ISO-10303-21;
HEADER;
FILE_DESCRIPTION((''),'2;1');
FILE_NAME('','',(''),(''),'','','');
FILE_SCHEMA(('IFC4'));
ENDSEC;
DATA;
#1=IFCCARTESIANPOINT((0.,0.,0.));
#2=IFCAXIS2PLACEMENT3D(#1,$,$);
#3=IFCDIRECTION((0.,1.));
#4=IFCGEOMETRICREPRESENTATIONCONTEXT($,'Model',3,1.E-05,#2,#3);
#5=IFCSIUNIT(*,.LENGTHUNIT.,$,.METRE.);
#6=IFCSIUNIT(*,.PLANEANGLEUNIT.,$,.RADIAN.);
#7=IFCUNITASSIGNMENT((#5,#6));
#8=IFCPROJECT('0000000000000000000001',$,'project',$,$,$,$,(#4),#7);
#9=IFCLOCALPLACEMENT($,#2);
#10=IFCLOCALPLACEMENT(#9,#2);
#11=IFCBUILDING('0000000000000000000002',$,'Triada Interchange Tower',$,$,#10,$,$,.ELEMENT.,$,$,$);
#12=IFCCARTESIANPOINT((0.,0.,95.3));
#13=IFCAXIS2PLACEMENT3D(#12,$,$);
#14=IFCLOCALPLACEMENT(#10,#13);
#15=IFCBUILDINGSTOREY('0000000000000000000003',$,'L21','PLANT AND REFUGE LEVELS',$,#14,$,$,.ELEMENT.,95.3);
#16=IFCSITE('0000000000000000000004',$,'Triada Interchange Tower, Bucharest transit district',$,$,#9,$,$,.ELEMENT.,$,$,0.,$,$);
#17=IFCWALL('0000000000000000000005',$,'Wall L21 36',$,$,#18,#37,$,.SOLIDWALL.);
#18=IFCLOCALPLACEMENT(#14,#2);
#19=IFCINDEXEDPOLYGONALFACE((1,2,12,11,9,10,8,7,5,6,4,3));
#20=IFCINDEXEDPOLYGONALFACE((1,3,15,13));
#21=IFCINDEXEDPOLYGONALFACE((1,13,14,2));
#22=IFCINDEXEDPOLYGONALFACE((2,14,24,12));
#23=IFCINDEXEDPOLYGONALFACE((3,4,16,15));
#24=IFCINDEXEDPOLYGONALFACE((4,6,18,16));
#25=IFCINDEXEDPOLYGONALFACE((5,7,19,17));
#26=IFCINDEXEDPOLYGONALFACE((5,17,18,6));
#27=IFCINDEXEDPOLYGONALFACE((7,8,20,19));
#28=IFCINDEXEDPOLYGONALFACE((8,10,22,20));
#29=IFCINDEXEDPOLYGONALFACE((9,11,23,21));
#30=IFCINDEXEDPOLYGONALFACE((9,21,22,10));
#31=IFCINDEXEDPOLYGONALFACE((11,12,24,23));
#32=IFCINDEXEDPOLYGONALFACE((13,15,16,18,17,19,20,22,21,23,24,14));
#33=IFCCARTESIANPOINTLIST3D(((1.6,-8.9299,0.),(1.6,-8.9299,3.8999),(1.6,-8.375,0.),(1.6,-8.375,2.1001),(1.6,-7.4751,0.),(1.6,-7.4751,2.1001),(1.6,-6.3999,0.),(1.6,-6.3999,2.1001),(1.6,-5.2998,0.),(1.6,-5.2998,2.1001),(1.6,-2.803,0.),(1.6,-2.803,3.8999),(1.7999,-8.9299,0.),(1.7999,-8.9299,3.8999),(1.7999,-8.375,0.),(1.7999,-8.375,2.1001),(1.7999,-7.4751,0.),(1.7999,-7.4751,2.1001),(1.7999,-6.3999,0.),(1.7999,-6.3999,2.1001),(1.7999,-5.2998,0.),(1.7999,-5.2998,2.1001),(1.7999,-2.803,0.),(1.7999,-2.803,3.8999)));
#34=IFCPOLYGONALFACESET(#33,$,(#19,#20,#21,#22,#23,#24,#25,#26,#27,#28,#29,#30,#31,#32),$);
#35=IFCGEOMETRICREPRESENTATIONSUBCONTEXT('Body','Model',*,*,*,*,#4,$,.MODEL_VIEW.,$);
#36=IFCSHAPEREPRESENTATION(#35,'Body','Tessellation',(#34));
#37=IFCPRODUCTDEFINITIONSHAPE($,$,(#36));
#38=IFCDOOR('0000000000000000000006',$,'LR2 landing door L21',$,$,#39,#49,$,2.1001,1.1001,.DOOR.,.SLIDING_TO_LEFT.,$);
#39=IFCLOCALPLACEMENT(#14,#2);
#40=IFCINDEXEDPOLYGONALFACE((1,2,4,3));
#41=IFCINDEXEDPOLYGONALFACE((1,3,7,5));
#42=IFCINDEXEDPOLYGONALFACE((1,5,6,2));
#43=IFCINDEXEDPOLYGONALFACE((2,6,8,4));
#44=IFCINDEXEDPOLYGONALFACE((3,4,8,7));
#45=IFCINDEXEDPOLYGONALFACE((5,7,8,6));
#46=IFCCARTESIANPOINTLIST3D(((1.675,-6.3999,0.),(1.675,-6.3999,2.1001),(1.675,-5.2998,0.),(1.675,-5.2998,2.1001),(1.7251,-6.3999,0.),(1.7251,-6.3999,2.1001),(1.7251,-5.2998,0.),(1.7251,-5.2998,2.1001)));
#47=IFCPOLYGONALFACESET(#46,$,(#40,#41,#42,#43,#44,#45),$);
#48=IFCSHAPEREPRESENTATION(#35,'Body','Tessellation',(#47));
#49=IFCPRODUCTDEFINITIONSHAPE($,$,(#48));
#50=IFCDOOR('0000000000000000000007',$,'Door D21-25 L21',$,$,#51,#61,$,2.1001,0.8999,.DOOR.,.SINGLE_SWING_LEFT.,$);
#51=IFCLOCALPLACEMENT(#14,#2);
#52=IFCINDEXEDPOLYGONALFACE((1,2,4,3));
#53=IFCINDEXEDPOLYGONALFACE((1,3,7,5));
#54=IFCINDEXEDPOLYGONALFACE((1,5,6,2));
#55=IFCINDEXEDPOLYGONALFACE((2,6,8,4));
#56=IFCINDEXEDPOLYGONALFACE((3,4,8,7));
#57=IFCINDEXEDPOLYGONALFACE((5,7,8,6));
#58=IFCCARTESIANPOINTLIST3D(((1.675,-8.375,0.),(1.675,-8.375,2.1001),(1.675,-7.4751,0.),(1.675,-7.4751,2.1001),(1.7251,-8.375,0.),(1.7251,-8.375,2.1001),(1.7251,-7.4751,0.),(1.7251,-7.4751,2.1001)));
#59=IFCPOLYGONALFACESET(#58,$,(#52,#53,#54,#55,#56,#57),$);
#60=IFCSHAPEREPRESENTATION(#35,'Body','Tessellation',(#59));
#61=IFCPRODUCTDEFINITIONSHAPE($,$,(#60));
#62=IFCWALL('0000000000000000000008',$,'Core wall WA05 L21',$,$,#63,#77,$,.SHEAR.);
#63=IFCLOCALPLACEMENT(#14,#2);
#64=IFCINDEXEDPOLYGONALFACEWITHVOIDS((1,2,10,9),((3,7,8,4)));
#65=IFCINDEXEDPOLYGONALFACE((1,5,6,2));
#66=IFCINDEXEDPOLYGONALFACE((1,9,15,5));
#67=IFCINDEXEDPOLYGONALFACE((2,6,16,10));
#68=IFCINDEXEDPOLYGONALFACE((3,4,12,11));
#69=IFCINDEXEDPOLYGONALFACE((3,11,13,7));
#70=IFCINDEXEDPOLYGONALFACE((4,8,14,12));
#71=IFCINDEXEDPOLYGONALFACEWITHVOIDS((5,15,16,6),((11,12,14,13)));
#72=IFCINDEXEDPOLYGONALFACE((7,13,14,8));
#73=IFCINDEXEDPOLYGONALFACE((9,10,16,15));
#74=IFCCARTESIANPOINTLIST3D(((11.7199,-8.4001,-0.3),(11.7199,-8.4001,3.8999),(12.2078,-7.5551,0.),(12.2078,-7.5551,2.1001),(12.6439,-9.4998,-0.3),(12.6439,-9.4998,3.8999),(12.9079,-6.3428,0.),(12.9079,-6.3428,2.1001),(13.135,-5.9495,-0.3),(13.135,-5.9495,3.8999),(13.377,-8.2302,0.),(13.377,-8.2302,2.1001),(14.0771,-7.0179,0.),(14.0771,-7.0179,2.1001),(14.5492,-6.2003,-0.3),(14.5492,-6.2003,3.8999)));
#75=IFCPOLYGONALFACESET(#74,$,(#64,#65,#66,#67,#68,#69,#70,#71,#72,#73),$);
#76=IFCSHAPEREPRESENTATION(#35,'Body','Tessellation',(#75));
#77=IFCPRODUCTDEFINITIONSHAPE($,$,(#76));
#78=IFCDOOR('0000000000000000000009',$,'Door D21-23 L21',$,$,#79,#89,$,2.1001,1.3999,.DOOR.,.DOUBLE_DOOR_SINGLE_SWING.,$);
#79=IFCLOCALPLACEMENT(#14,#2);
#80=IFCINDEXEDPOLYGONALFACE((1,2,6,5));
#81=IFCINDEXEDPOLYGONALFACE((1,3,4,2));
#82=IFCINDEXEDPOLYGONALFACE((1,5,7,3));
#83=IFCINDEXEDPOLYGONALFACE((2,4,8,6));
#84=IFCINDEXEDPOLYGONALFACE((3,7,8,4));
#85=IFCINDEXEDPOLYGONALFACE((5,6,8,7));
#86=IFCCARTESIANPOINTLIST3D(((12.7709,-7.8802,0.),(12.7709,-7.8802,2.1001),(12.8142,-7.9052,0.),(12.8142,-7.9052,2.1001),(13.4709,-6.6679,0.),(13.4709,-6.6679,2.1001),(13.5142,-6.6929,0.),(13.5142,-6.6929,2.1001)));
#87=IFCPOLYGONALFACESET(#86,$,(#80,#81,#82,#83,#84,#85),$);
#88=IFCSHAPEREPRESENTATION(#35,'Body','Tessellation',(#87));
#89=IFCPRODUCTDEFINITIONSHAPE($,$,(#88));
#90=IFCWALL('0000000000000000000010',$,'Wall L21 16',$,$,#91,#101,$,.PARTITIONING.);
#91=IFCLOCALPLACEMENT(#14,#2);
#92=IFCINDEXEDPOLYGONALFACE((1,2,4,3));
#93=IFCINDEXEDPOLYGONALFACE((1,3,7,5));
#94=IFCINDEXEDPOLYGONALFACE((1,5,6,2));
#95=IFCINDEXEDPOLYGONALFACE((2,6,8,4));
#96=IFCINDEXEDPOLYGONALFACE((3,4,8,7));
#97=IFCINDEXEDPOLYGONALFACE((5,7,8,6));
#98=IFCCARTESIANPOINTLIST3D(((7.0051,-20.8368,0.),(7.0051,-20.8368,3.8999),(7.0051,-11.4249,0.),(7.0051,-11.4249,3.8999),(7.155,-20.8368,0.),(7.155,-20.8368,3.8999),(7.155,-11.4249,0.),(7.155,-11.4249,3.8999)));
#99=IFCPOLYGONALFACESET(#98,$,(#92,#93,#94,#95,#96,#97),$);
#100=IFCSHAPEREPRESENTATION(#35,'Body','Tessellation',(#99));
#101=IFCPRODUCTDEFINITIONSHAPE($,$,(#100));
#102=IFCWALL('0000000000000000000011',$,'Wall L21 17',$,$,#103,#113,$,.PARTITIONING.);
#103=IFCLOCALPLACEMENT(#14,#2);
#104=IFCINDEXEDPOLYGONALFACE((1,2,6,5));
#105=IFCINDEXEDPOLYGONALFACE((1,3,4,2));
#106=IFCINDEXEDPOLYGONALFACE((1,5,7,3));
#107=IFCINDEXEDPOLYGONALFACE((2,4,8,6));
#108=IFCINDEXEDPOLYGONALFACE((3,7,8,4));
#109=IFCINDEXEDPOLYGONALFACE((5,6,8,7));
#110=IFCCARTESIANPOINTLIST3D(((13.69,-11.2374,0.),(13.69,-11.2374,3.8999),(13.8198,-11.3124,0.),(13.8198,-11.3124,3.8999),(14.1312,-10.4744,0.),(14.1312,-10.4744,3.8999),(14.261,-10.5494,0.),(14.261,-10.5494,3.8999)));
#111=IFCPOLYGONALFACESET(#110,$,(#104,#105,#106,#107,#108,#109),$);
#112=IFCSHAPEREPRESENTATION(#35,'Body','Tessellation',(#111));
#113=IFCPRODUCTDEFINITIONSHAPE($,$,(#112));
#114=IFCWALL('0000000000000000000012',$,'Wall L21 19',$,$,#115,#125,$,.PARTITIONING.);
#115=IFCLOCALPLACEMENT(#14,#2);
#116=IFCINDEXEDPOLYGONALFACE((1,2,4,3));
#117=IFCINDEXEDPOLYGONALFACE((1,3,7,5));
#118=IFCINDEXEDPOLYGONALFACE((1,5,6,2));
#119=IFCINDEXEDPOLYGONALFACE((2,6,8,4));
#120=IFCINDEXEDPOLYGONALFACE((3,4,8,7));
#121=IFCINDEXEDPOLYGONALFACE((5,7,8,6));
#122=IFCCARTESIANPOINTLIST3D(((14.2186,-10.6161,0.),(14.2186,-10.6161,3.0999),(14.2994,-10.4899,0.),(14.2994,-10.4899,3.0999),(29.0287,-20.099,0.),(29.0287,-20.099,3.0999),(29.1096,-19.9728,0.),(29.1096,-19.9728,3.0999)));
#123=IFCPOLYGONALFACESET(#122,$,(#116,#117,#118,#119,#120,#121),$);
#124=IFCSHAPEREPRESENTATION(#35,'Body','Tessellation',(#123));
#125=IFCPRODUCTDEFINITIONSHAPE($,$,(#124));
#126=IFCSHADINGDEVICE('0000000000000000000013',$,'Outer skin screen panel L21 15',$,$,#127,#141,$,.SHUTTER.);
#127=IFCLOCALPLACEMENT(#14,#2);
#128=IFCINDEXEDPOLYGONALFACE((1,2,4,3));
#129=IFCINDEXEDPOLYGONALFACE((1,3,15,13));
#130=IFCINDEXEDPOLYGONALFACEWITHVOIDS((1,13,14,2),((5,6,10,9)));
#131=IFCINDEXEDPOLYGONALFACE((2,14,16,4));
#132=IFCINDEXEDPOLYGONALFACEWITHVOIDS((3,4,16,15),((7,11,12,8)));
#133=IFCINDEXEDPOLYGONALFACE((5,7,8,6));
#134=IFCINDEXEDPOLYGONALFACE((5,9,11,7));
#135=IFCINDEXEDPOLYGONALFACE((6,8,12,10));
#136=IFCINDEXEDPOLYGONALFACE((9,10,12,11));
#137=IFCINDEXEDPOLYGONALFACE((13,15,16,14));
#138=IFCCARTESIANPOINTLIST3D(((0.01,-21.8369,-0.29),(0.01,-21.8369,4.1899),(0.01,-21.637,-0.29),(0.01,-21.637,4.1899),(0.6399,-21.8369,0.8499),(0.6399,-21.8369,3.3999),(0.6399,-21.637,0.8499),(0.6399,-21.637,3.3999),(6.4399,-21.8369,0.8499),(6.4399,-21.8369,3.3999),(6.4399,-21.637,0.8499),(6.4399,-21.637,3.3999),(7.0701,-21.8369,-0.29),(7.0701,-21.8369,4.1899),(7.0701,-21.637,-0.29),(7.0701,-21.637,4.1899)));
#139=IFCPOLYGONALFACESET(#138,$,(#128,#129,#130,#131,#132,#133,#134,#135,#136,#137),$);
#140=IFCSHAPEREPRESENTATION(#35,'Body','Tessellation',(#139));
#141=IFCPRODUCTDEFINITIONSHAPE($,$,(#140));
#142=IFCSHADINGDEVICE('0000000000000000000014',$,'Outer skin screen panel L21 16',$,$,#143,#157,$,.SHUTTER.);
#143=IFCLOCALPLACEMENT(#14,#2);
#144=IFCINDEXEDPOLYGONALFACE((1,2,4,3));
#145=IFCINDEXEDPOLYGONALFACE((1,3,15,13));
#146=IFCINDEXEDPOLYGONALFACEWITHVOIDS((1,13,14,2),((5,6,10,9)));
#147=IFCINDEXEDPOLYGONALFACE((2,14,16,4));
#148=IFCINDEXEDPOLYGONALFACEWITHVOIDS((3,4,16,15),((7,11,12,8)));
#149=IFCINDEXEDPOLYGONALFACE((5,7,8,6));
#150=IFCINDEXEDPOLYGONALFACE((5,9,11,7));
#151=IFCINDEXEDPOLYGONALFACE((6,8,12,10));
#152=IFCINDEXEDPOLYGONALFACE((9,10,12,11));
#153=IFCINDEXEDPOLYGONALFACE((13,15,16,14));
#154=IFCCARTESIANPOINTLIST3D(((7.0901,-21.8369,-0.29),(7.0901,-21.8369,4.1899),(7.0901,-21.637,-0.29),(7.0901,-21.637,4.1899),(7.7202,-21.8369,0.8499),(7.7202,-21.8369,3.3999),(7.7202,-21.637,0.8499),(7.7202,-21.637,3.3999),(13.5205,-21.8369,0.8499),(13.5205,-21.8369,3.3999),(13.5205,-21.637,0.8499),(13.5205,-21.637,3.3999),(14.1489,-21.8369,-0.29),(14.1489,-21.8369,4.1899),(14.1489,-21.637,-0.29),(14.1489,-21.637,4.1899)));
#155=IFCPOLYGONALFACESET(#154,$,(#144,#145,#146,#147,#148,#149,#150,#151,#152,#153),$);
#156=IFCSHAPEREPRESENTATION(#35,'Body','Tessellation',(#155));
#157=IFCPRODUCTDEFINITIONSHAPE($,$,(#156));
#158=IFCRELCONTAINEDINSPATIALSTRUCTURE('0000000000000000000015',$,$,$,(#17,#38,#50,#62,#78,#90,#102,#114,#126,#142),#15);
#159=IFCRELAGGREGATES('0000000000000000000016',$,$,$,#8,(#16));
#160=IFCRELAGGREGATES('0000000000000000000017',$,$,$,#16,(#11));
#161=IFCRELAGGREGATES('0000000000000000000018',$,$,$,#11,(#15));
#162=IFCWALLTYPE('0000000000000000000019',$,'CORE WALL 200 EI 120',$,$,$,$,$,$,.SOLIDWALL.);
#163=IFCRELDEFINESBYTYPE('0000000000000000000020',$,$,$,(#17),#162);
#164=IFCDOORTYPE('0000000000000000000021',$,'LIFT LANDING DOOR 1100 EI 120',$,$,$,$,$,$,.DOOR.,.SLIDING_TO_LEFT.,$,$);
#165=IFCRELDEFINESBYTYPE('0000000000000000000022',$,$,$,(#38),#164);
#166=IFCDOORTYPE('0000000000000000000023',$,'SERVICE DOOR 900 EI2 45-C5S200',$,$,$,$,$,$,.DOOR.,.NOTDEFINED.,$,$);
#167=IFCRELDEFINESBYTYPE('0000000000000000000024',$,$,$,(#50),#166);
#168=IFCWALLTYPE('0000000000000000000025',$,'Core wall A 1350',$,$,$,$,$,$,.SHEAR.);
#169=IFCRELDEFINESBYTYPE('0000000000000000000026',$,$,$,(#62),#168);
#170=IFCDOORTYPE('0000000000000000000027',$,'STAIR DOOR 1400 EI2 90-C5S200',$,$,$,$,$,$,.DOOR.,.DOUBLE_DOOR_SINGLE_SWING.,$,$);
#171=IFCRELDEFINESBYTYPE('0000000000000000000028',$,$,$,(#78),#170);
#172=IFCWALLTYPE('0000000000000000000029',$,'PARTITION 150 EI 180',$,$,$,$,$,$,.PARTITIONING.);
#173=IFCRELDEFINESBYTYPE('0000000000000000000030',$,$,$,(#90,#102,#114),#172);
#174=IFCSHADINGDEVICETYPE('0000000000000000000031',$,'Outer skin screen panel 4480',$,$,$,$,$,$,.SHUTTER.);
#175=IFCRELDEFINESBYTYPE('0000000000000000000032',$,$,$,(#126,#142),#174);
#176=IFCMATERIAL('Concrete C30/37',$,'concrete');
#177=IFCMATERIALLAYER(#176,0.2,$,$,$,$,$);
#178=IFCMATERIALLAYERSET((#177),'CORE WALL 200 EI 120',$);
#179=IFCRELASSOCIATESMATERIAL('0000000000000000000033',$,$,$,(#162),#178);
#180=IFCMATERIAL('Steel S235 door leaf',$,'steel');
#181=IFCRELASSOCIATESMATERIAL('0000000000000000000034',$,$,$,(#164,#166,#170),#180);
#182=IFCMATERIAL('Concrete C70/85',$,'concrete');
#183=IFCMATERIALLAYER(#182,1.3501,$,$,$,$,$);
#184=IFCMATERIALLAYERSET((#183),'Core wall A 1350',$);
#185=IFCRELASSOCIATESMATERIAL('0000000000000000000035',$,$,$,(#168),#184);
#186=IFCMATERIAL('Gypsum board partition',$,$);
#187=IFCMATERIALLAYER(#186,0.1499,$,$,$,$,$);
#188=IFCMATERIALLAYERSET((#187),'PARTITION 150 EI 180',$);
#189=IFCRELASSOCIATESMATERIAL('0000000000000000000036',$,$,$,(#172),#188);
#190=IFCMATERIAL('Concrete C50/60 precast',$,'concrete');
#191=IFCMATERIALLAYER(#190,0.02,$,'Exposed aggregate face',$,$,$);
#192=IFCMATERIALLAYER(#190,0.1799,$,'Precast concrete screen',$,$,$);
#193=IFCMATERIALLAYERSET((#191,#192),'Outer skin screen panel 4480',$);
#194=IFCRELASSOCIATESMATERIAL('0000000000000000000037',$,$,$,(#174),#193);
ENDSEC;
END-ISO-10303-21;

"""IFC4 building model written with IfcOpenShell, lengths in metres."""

from ifc_helpers import new_model, si_unit, direction, frame, frame_2d, origin, place, context, subcontext, project, spatial, polyline, rectangle, outline, extrude, material, layer, layer_set, type_object, element, fill, save


model = new_model("IFC4")

# Units and contexts
model_context = context("Model", 3, precision=1e-05, world=origin(), true_north=direction((0.0, 1.0)))
body_context = subcontext(model_context, "Body", "Model", "MODEL_VIEW")
ifc_project = project(units=[si_unit("LENGTHUNIT", "METRE"), si_unit("PLANEANGLEUNIT", "RADIAN")], contexts=[model_context])

# Site, building, storey
site_placement = place(None, origin())
site = spatial("IfcSite", under=ifc_project, at=site_placement, Name="Triada Interchange Tower, Bucharest transit district", CompositionType="ELEMENT", RefElevation=0.0)
building_placement = place(site_placement, origin())
building = spatial("IfcBuilding", under=site, at=building_placement, Name="Triada Interchange Tower", CompositionType="ELEMENT")
storey_placement = place(building_placement, frame((0.0, 0.0, 95.3)))
storey = spatial("IfcBuildingStorey", under=building, at=storey_placement, Name="L21", Description="PLANT AND REFUGE LEVELS", CompositionType="ELEMENT", Elevation=95.3)

# Shared definitions
ifc_material_1 = material(Name="Concrete C70/85", Category="concrete")

# Wall, openings, doors
ifc_material_2 = material(Name="Concrete C30/37", Category="concrete")
ifc_layer_1 = layer(ifc_material_2, 0.2)
ifc_layer_set_1 = layer_set([ifc_layer_1], Name="CORE WALL 200 EI 120")
wall_type_1 = type_object("IfcWallType", Name="CORE WALL 200 EI 120", PredefinedType="SOLIDWALL", material=ifc_layer_set_1)
wall_1_placement = place(storey_placement, frame((1.7, -8.9299, 0.0), z_axis=(0.0, 0.0, 1.0), x_axis=(0.0, 1.0, 0.0)))
wall_1 = element("IfcWall", 1, at=wall_1_placement, inside=storey, type_object=wall_type_1, Name="Wall L21 36", PredefinedType="SOLIDWALL", context=body_context, shape_type="SweptSolid", body=[
    extrude(rectangle(XDim=6.127, YDim=0.2, at=frame_2d((3.0635, 0.0))), origin(), (0.0, 0.0, 1.0), 3.8999),
])
opening_1_placement = place(wall_1_placement, frame((2.53, 0.0, 0.0)))
opening_1 = element("IfcOpeningElement", 2, at=opening_1_placement, cuts=wall_1, PredefinedType="OPENING", context=body_context, shape_type="SweptSolid", body=[
    extrude(rectangle(XDim=1.1001, YDim=2.1001, at=frame_2d((0.55, 1.05))), frame((0.0, 0.1099, 0.0), z_axis=(0.0, -1.0, 0.0), x_axis=(1.0, 0.0, 0.0)), (0.0, 0.0, 1.0), 0.22),
])
opening_2_placement = place(wall_1_placement, frame((0.5549, 0.0, 0.0)))
opening_2 = element("IfcOpeningElement", 3, at=opening_2_placement, cuts=wall_1, PredefinedType="OPENING", context=body_context, shape_type="SweptSolid", body=[
    extrude(rectangle(XDim=0.8999, YDim=2.1001, at=frame_2d((0.45, 1.05))), frame((0.0, 0.1099, 0.0), z_axis=(0.0, -1.0, 0.0), x_axis=(1.0, 0.0, 0.0)), (0.0, 0.0, 1.0), 0.22),
])
ifc_material_3 = material(Name="Steel S235 door leaf", Category="steel")
door_type_1 = type_object("IfcDoorType", Name="LIFT LANDING DOOR 1100 EI 120", OperationType="SLIDING_TO_LEFT", PredefinedType="DOOR", material=ifc_material_3)
door_1_placement = place(opening_1_placement, origin())
door_1 = element("IfcDoor", 4, at=door_1_placement, inside=storey, type_object=door_type_1, Name="LR2 landing door L21", OperationType="SLIDING_TO_LEFT", OverallHeight=2.1001, OverallWidth=1.1001, PredefinedType="DOOR", context=body_context, shape_type="SweptSolid", body=[
    extrude(rectangle(XDim=1.1001, YDim=2.1001, at=frame_2d((0.55, 1.05))), frame((0.0, 0.0249, 0.0), z_axis=(0.0, -1.0, 0.0), x_axis=(1.0, 0.0, 0.0)), (0.0, 0.0, 1.0), 0.05),
])
fill(opening_1, door_1)
door_type_2 = type_object("IfcDoorType", Name="SERVICE DOOR 900 EI2 45-C5S200", OperationType="NOTDEFINED", PredefinedType="DOOR", material=ifc_material_3)
door_2_placement = place(opening_2_placement, origin())
door_2 = element("IfcDoor", 5, at=door_2_placement, inside=storey, type_object=door_type_2, Name="Door D21-25 L21", OperationType="SINGLE_SWING_LEFT", OverallHeight=2.1001, OverallWidth=0.8999, PredefinedType="DOOR", context=body_context, shape_type="SweptSolid", body=[
    extrude(rectangle(XDim=0.8999, YDim=2.1001, at=frame_2d((0.45, 1.05))), frame((0.0, 0.0249, 0.0), z_axis=(0.0, -1.0, 0.0), x_axis=(1.0, 0.0, 0.0)), (0.0, 0.0, 1.0), 0.05),
])
fill(opening_2, door_2)

# Wall, opening, door
ifc_layer_2 = layer(ifc_material_1, 1.3501)
ifc_layer_set_2 = layer_set([ifc_layer_2], Name="Core wall A 1350")
wall_type_2 = type_object("IfcWallType", Name="Core wall A 1350", PredefinedType="SHEAR", material=ifc_layer_set_2)
wall_2_placement = place(storey_placement, frame((12.1819, -8.95, -0.3), z_axis=(0.0, 0.0, 1.0), x_axis=(0.500062, 0.86599, 0.0)))
wall_2 = element("IfcWall", 6, at=wall_2_placement, inside=storey, type_object=wall_type_2, Name="Core wall WA05 L21", PredefinedType="SHEAR", context=body_context, shape_type="SweptSolid", body=[
    extrude(outline(polyline([(-0.2451, -0.675), (1.6599, -0.675), (3.5649, -0.675), (3.075, 0.675), (1.6602, 0.675), (0.2451, 0.675), (-0.2451, -0.675)])), origin(), (0.0, 0.0, 1.0), 4.2),
])
opening_3_placement = place(wall_2_placement, frame((1.2209, 0.0, 0.3)))
opening_3 = element("IfcOpeningElement", 7, at=opening_3_placement, cuts=wall_2, PredefinedType="OPENING", context=body_context, shape_type="SweptSolid", body=[
    extrude(rectangle(XDim=1.3999, YDim=2.1001, at=frame_2d((0.7, 1.05))), frame((0.0, 0.6851, 0.0), z_axis=(0.0, -1.0, 0.0), x_axis=(1.0, 0.0, 0.0)), (0.0, 0.0, 1.0), 1.3701),
])
door_type_3 = type_object("IfcDoorType", Name="STAIR DOOR 1400 EI2 90-C5S200", OperationType="DOUBLE_DOOR_SINGLE_SWING", PredefinedType="DOOR", material=ifc_material_3)
door_3_placement = place(opening_3_placement, origin())
door_3 = element("IfcDoor", 8, at=door_3_placement, inside=storey, type_object=door_type_3, Name="Door D21-23 L21", OperationType="DOUBLE_DOOR_SINGLE_SWING", OverallHeight=2.1001, OverallWidth=1.3999, PredefinedType="DOOR", context=body_context, shape_type="SweptSolid", body=[
    extrude(rectangle(XDim=1.3999, YDim=2.1001, at=frame_2d((0.7, 1.05))), frame((0.0, 0.0249, 0.0), z_axis=(0.0, -1.0, 0.0), x_axis=(1.0, 0.0, 0.0)), (0.0, 0.0, 1.0), 0.05),
])
fill(opening_3, door_3)

# Walls
ifc_material_4 = material(Name="Gypsum board partition")
ifc_layer_3 = layer(ifc_material_4, 0.1499)
ifc_layer_set_3 = layer_set([ifc_layer_3], Name="PARTITION 150 EI 180")
wall_type_3 = type_object("IfcWallType", Name="PARTITION 150 EI 180", PredefinedType="PARTITIONING", material=ifc_layer_set_3)
wall_3_placement = place(storey_placement, frame((7.0801, -20.8369, 0.0), z_axis=(0.0, 0.0, 1.0), x_axis=(0.0, 1.0, 0.0)))
element("IfcWall", 9, at=wall_3_placement, inside=storey, type_object=wall_type_3, Name="Wall L21 16", PredefinedType="PARTITIONING", context=body_context, shape_type="SweptSolid", body=[
    extrude(rectangle(XDim=9.4119, YDim=0.1499, at=frame_2d((4.7061, 0.0))), origin(), (0.0, 0.0, 1.0), 3.8999),
])
wall_4_placement = place(storey_placement, frame((13.7549, -11.2749, 0.0), z_axis=(0.0, 0.0, 1.0), x_axis=(0.500578, 0.865692, 0.0)))
element("IfcWall", 10, at=wall_4_placement, inside=storey, type_object=wall_type_3, Name="Wall L21 17", PredefinedType="PARTITIONING", context=body_context, shape_type="SweptSolid", body=[
    extrude(rectangle(XDim=0.8813, YDim=0.1499, at=frame_2d((0.4407, 0.0))), origin(), (0.0, 0.0, 1.0), 3.8999),
])
wall_5_placement = place(storey_placement, frame((14.259, -10.553, 0.0), z_axis=(0.0, 0.0, 1.0), x_axis=(0.842156, -0.539234, 0.0)))
element("IfcWall", 11, at=wall_5_placement, inside=storey, type_object=wall_type_3, Name="Wall L21 19", PredefinedType="PARTITIONING", context=body_context, shape_type="SweptSolid", body=[
    extrude(rectangle(XDim=17.5859, YDim=0.1499, at=frame_2d((8.793, 0.0))), origin(), (0.0, 0.0, 1.0), 3.0999),
])

# Shading devices
ifc_material_5 = material(Name="Concrete C50/60 precast", Category="concrete")
ifc_layer_4 = layer(ifc_material_5, 0.02, Name="Exposed aggregate face")
ifc_layer_5 = layer(ifc_material_5, 0.1799, Name="Precast concrete screen")
ifc_layer_set_4 = layer_set([ifc_layer_4, ifc_layer_5], Name="Outer skin screen panel 4480")
shading_device_type = type_object("IfcShadingDeviceType", Name="Outer skin screen panel 4480", PredefinedType="SHUTTER", material=ifc_layer_set_4)
shading_device_1_placement = place(storey_placement, frame((0.01, -21.637, -0.29), z_axis=(0.0, 0.0, 1.0), x_axis=(1.0, 0.0, 0.0)))
element("IfcShadingDevice", 12, at=shading_device_1_placement, inside=storey, type_object=shading_device_type, Name="Outer skin screen panel L21 15", PredefinedType="SHUTTER", context=body_context, shape_type="SweptSolid", body=[
    extrude(outline(polyline([(0.0, 0.0), (7.0601, 0.0), (7.0601, 4.48), (0.0, 4.48), (0.0, 0.0)]), holes=[polyline([(0.6299, 1.1399), (0.6299, 3.6899), (6.4299, 3.6899), (6.4299, 1.1399), (0.6299, 1.1399)])]), frame((0.0, 0.0, 0.0), z_axis=(0.0, -1.0, 0.0), x_axis=(1.0, 0.0, 0.0)), (0.0, 0.0, 1.0), 0.2),
])
shading_device_2_placement = place(storey_placement, frame((7.0901, -21.637, -0.29), z_axis=(0.0, 0.0, 1.0), x_axis=(1.0, 0.0, 0.0)))
element("IfcShadingDevice", 13, at=shading_device_2_placement, inside=storey, type_object=shading_device_type, Name="Outer skin screen panel L21 16", PredefinedType="SHUTTER", context=body_context, shape_type="SweptSolid", body=[
    extrude(outline(polyline([(0.0, 0.0), (7.0588, 0.0), (7.0588, 4.48), (0.0, 4.48), (0.0, 0.0)]), holes=[polyline([(0.6301, 1.1399), (0.6301, 3.6899), (6.4304, 3.6899), (6.4304, 1.1399), (0.6301, 1.1399)])]), frame((0.0, 0.0, 0.0), z_axis=(0.0, -1.0, 0.0), x_axis=(1.0, 0.0, 0.0)), (0.0, 0.0, 1.0), 0.2),
])

save(model, "model.ifc")
